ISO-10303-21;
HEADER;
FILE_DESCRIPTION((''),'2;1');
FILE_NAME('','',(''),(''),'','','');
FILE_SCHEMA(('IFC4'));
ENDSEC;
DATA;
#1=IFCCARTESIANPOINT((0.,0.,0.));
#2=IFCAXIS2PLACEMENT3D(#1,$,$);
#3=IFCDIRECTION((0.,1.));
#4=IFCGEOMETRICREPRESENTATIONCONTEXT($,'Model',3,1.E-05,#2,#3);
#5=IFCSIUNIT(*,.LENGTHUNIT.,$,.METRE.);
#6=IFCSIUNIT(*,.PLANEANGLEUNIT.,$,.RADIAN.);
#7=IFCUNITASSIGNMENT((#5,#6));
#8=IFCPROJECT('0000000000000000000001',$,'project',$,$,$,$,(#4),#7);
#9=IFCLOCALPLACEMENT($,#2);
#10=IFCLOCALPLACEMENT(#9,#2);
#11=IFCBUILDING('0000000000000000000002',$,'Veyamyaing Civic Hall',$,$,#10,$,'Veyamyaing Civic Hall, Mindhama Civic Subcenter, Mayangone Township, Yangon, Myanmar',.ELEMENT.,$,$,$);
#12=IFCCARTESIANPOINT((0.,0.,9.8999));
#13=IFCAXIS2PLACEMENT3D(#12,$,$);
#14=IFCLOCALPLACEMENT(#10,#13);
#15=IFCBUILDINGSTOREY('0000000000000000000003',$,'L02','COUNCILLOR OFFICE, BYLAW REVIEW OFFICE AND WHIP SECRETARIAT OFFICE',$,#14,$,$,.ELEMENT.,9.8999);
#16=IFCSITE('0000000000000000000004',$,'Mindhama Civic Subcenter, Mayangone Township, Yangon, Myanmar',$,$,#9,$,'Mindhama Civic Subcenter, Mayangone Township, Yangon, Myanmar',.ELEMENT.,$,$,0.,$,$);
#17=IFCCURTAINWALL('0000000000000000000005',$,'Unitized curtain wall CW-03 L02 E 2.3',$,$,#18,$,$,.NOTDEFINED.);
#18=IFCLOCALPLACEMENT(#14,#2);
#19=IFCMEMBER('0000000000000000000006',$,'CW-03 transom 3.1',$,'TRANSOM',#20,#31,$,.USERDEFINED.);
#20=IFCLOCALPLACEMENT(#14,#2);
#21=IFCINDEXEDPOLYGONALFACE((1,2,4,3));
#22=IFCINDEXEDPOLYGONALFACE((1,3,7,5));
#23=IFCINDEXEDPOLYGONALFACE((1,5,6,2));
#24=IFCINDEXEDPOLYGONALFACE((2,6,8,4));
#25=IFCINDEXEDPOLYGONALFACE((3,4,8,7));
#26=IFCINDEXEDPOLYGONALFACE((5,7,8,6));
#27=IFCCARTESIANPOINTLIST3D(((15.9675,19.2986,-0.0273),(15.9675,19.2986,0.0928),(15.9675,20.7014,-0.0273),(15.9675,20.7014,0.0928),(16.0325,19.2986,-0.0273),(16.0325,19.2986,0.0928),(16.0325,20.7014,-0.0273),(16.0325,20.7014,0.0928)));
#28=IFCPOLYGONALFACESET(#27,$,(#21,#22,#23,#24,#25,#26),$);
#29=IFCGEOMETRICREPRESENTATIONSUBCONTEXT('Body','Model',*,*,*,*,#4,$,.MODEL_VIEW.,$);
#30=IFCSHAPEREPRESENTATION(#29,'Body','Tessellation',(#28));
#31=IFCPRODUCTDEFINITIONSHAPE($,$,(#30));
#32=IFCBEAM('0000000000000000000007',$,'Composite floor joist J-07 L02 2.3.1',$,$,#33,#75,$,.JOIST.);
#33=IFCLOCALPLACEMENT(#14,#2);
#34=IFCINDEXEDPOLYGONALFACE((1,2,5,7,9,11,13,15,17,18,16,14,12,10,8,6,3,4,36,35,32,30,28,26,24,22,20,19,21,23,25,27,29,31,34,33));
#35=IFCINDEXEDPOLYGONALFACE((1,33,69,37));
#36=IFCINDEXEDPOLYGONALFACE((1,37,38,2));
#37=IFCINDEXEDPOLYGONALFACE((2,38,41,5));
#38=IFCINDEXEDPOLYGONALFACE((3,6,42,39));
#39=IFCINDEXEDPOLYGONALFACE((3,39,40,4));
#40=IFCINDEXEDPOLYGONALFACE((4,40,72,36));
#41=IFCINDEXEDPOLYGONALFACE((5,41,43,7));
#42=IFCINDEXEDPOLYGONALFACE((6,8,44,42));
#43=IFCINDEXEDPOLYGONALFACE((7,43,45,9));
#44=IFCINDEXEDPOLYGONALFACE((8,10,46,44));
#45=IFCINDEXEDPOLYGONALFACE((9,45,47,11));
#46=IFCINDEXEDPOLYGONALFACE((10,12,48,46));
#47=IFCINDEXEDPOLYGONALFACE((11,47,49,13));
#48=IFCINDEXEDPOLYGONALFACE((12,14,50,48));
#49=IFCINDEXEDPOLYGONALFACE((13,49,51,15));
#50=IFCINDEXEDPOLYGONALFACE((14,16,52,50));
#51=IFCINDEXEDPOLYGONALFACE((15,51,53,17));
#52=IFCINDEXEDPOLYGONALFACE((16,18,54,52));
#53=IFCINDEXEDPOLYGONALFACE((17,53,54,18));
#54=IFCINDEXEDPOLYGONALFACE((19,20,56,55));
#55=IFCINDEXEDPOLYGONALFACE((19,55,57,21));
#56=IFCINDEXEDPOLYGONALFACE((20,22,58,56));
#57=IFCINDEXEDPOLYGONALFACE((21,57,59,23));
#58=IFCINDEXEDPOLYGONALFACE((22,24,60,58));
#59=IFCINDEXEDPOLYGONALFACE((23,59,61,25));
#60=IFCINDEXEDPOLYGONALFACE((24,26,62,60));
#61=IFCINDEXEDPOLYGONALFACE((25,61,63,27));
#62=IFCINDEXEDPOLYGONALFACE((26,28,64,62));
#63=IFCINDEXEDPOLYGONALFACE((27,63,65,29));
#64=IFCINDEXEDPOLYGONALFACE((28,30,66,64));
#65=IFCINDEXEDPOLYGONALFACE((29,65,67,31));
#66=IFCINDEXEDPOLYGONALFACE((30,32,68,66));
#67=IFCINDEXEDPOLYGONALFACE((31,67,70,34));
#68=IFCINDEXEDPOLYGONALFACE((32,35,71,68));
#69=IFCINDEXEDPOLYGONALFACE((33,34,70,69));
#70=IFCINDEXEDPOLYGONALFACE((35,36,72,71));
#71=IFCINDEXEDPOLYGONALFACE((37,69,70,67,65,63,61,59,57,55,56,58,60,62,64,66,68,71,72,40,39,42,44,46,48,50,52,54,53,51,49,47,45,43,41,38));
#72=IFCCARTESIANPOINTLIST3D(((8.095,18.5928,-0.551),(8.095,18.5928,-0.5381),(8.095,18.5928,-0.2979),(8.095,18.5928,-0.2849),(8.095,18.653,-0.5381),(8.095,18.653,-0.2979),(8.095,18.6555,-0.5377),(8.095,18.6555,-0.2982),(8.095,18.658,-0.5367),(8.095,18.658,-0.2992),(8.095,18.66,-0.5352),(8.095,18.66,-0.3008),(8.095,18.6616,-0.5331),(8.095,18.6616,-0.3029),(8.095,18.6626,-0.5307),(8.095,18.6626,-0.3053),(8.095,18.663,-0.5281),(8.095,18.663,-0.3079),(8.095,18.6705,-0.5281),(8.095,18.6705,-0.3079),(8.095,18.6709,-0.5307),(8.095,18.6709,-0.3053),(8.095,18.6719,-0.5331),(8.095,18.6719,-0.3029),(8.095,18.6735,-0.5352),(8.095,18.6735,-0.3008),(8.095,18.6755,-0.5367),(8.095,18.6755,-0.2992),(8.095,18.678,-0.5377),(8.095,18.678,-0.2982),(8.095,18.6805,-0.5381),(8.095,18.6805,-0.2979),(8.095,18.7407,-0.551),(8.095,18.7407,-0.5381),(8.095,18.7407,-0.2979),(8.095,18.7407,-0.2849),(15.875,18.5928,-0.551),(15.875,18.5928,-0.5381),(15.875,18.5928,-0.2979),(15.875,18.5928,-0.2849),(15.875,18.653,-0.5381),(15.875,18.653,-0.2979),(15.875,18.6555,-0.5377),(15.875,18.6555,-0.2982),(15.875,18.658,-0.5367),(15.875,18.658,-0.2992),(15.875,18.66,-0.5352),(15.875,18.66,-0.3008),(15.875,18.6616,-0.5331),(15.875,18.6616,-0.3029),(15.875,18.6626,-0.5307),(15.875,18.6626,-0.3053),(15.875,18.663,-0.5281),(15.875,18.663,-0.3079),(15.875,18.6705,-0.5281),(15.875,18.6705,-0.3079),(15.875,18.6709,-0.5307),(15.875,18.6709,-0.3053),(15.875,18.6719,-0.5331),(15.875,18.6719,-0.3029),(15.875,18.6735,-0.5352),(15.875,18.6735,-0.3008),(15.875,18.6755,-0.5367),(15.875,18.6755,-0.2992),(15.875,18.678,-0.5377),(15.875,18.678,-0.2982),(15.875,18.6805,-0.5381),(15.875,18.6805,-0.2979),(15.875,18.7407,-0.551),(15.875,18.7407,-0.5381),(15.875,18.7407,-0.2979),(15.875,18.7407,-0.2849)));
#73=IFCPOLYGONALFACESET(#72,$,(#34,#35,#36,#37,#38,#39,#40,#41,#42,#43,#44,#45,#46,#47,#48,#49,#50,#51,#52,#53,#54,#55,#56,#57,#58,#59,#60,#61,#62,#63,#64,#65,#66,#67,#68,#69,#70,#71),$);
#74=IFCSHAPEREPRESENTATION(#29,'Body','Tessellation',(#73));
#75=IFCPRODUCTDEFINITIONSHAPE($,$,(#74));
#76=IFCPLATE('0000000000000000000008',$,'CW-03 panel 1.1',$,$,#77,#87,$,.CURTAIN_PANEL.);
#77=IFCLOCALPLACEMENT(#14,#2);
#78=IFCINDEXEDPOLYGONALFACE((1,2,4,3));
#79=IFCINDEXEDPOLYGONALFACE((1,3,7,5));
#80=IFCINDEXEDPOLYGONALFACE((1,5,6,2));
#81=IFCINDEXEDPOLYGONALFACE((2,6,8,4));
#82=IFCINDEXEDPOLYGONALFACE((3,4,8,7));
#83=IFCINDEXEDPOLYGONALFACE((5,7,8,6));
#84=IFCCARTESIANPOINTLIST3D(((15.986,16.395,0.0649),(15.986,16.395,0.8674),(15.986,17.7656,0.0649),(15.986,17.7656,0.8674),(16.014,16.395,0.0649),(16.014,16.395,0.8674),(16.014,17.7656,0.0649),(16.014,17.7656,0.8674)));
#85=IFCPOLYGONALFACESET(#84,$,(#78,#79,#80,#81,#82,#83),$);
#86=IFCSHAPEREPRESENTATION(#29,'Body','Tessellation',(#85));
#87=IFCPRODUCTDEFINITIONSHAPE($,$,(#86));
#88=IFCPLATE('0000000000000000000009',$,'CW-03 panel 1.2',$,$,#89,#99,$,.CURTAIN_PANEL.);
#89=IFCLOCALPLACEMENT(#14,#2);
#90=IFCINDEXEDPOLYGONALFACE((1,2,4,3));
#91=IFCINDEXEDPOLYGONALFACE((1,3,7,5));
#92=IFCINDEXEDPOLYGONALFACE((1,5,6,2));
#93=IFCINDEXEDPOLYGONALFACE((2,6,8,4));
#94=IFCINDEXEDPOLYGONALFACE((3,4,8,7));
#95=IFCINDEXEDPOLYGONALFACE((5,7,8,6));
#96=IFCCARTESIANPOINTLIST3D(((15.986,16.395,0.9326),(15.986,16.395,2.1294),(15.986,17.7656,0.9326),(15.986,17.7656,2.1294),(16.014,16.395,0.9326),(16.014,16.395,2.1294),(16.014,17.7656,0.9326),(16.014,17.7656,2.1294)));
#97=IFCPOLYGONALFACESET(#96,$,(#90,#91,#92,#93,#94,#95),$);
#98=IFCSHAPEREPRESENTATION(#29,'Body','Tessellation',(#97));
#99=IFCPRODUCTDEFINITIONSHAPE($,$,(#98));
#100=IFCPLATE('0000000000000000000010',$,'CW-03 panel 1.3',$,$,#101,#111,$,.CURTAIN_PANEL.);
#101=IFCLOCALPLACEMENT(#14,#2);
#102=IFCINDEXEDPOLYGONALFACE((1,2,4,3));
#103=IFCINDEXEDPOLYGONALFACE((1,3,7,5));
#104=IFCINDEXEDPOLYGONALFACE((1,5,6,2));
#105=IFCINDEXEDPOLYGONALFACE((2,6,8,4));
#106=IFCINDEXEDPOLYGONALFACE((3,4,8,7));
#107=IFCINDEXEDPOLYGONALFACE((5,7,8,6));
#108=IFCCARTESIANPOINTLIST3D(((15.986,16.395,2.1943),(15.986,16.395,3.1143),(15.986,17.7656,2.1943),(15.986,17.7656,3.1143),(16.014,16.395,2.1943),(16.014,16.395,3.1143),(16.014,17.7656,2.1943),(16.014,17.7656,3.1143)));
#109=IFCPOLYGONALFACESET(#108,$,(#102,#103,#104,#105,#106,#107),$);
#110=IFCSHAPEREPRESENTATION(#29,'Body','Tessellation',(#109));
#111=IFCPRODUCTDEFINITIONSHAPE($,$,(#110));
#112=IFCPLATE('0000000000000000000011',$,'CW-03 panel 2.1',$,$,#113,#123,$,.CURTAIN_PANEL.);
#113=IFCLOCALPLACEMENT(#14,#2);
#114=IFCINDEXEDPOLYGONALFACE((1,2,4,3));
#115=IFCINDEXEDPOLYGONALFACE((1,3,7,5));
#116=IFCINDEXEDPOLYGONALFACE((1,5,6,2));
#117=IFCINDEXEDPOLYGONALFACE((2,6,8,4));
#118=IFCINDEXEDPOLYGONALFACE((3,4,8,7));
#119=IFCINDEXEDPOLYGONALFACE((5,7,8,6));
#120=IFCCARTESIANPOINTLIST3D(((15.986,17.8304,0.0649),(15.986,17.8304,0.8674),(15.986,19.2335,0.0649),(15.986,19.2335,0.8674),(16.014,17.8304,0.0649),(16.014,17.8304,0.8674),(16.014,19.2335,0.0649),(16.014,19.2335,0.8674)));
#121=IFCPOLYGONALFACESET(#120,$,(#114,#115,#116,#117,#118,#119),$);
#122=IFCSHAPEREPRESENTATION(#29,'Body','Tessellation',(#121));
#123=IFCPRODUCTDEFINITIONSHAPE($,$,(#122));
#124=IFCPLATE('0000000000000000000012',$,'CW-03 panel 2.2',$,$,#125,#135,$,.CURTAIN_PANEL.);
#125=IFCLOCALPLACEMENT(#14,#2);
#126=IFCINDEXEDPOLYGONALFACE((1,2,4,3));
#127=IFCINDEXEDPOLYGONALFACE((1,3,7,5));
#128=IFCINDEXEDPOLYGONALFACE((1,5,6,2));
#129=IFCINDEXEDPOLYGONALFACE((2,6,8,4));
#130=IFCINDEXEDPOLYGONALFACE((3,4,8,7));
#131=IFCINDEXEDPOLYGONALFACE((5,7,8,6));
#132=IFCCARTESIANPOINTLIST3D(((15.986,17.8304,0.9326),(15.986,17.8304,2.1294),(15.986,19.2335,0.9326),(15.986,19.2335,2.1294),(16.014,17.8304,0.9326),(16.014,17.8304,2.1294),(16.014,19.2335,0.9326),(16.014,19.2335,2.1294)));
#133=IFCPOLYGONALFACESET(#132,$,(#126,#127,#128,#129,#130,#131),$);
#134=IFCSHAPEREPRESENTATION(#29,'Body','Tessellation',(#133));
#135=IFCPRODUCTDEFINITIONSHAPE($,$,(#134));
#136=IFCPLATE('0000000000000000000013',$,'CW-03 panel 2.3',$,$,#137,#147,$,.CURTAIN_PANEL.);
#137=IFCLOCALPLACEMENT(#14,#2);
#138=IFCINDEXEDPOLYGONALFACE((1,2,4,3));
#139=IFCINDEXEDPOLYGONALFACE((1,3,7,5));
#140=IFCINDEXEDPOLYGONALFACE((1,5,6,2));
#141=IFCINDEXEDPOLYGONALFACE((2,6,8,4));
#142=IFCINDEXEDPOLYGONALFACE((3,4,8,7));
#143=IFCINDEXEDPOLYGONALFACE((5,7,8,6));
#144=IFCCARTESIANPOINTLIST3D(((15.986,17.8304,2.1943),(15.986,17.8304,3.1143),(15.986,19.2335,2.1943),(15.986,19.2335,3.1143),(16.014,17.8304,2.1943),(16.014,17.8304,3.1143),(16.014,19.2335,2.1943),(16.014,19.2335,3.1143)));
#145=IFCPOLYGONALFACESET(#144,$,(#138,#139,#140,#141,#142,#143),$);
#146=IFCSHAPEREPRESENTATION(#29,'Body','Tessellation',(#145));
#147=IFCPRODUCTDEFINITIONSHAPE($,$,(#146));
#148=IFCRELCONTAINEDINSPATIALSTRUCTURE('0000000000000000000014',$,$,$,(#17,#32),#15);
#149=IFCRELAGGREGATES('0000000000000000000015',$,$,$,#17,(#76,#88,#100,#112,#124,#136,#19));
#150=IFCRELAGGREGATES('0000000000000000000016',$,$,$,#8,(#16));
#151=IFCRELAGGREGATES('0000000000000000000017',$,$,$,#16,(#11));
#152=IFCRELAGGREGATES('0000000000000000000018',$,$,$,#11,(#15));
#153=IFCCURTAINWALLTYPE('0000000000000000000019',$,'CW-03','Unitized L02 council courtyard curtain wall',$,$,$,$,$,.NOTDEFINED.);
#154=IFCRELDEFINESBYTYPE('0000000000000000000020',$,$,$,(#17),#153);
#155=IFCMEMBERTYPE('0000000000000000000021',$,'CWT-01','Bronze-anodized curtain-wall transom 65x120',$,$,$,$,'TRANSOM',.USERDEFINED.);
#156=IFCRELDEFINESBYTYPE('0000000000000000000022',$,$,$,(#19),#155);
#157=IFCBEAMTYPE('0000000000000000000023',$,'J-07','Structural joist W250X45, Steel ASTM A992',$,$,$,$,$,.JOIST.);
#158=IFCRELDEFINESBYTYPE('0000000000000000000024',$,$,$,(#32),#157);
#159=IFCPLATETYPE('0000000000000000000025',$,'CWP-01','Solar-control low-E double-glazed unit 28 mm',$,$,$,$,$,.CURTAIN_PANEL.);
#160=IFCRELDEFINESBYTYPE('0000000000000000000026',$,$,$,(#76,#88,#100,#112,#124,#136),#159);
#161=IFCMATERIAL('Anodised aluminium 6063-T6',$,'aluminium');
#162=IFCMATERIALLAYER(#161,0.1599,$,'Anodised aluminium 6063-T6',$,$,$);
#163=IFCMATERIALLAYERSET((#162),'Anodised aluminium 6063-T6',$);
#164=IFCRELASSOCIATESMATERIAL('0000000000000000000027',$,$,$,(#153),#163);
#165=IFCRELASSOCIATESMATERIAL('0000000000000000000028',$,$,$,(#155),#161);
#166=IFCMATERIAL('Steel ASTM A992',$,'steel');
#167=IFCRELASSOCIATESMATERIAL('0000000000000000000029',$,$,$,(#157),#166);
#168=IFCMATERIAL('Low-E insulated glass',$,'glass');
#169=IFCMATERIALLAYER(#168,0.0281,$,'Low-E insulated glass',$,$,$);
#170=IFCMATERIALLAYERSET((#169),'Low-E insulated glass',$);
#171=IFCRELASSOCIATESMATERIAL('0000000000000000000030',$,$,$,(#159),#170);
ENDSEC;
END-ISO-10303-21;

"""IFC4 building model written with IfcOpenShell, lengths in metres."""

from ifc_helpers import new_model, si_unit, direction, frame, origin, origin_2d, place, context, subcontext, project, spatial, rectangle, i_section, extrude, material, layer, layer_set, material_profile, profile_set, type_object, element, aggregate, save


model = new_model("IFC4")

# Units and contexts
model_context = context("Model", 3, precision=1e-05, world=origin(), true_north=direction((0.0, 1.0)))
body_context = subcontext(model_context, "Body", "Model", "MODEL_VIEW")
ifc_project = project(units=[si_unit("LENGTHUNIT", "METRE"), si_unit("PLANEANGLEUNIT", "RADIAN")], contexts=[model_context])

# Site, building, storey
site_placement = place(None, origin())
site = spatial("IfcSite", under=ifc_project, at=site_placement, Name="Mindhama Civic Subcenter, Mayangone Township, Yangon, Myanmar", LongName="Mindhama Civic Subcenter, Mayangone Township, Yangon, Myanmar", CompositionType="ELEMENT", RefElevation=0.0)
building_placement = place(site_placement, origin())
building = spatial("IfcBuilding", under=site, at=building_placement, Name="Veyamyaing Civic Hall", LongName="Veyamyaing Civic Hall, Mindhama Civic Subcenter, Mayangone Township, Yangon, Myanmar", CompositionType="ELEMENT")
storey_placement = place(building_placement, frame((0.0, 0.0, 9.8999)))
storey = spatial("IfcBuildingStorey", under=building, at=storey_placement, Name="L02", Description="COUNCILLOR OFFICE, BYLAW REVIEW OFFICE AND WHIP SECRETARIAT OFFICE", CompositionType="ELEMENT", Elevation=9.8999)

# Shared definitions
ifc_material_1 = material(Name="Steel ASTM A992", Category="steel")

# Curtain wall, member
ifc_material_2 = material(Name="Anodised aluminium 6063-T6", Category="aluminium")
ifc_layer_1 = layer(ifc_material_2, 0.1599, Name="Anodised aluminium 6063-T6")
ifc_layer_set_1 = layer_set([ifc_layer_1], Name="Anodised aluminium 6063-T6")
curtain_wall_type = type_object("IfcCurtainWallType", Name="CW-03", Description="Unitized L02 council courtyard curtain wall", PredefinedType="NOTDEFINED", material=ifc_layer_set_1)
curtain_wall_placement = place(storey_placement, origin())
curtain_wall = element("IfcCurtainWall", 1, at=curtain_wall_placement, inside=storey, type_object=curtain_wall_type, Name="Unitized curtain wall CW-03 L02 E 2.3", PredefinedType="NOTDEFINED")
ifc_material_profile_1 = material_profile(ifc_material_2, rectangle(XDim=0.0649, YDim=0.1201, at=origin_2d()), Name="ALU-TRN-65X120")
ifc_profile_set_1 = profile_set([ifc_material_profile_1], Name="Anodised aluminium 6063-T6")
member_type_1 = type_object("IfcMemberType", Name="CWT-01", Description="Bronze-anodized curtain-wall transom 65x120", ElementType="TRANSOM", PredefinedType="USERDEFINED", material=ifc_profile_set_1)
member_1_placement = place(storey_placement, frame((16.0, 19.2986, 0.0327), z_axis=(0.0, 1.0, 0.0), x_axis=(-1.0, 0.0, 0.0)))
member_1 = element("IfcMember", 2, at=member_1_placement, type_object=member_type_1, Name="CW-03 transom 3.1", ObjectType="TRANSOM", PredefinedType="USERDEFINED", context=body_context, shape_type="SweptSolid", body=[
    extrude(rectangle(XDim=0.0649, YDim=0.1201, at=origin_2d()), origin(), (0.0, 0.0, 1.0), 1.4028),
])

# Beam
ifc_material_profile_2 = material_profile(ifc_material_1, i_section(OverallWidth=0.1479, OverallDepth=0.2661, WebThickness=0.0076, FlangeThickness=0.0129, FilletRadius=0.01, at=origin_2d()), Name="W250X45")
ifc_profile_set_2 = profile_set([ifc_material_profile_2], Name="Steel ASTM A992")
beam_type_1 = type_object("IfcBeamType", Name="J-07", Description="Structural joist W250X45, Steel ASTM A992", PredefinedType="JOIST", material=ifc_profile_set_2)
beam_1_placement = place(storey_placement, frame((8.095, 18.6667, -0.418), z_axis=(1.0, 0.0, 0.0), x_axis=(0.0, 1.0, 0.0)))
element("IfcBeam", 3, at=beam_1_placement, inside=storey, type_object=beam_type_1, Name="Composite floor joist J-07 L02 2.3.1", PredefinedType="JOIST", context=body_context, shape_type="SweptSolid", body=[
    extrude(i_section(OverallWidth=0.1479, OverallDepth=0.2661, WebThickness=0.0076, FlangeThickness=0.0129, FilletRadius=0.01, at=origin_2d()), origin(), (0.0, 0.0, 1.0), 7.78),
])

# Plates
ifc_material_3 = material(Name="Low-E insulated glass", Category="glass")
ifc_layer_2 = layer(ifc_material_3, 0.0281, Name="Low-E insulated glass")
ifc_layer_set_2 = layer_set([ifc_layer_2], Name="Low-E insulated glass")
plate_type = type_object("IfcPlateType", Name="CWP-01", Description="Solar-control low-E double-glazed unit 28 mm", PredefinedType="CURTAIN_PANEL", material=ifc_layer_set_2)
plate_1_placement = place(storey_placement, frame((16.0, 17.0803, 0.0649), z_axis=(0.0, 0.0, 1.0), x_axis=(0.0, 1.0, 0.0)))
plate_1 = element("IfcPlate", 4, at=plate_1_placement, type_object=plate_type, Name="CW-03 panel 1.1", PredefinedType="CURTAIN_PANEL", context=body_context, shape_type="SweptSolid", body=[
    extrude(rectangle(XDim=1.3706, YDim=0.0281, at=origin_2d()), origin(), (0.0, 0.0, 1.0), 0.8025),
])
plate_2_placement = place(storey_placement, frame((16.0, 17.0803, 0.9326), z_axis=(0.0, 0.0, 1.0), x_axis=(0.0, 1.0, 0.0)))
plate_2 = element("IfcPlate", 5, at=plate_2_placement, type_object=plate_type, Name="CW-03 panel 1.2", PredefinedType="CURTAIN_PANEL", context=body_context, shape_type="SweptSolid", body=[
    extrude(rectangle(XDim=1.3706, YDim=0.0281, at=origin_2d()), origin(), (0.0, 0.0, 1.0), 1.1968),
])
plate_3_placement = place(storey_placement, frame((16.0, 17.0803, 2.1943), z_axis=(0.0, 0.0, 1.0), x_axis=(0.0, 1.0, 0.0)))
plate_3 = element("IfcPlate", 6, at=plate_3_placement, type_object=plate_type, Name="CW-03 panel 1.3", PredefinedType="CURTAIN_PANEL", context=body_context, shape_type="SweptSolid", body=[
    extrude(rectangle(XDim=1.3706, YDim=0.0281, at=origin_2d()), origin(), (0.0, 0.0, 1.0), 0.9199),
])
plate_4_placement = place(storey_placement, frame((16.0, 18.532, 0.0649), z_axis=(0.0, 0.0, 1.0), x_axis=(0.0, 1.0, 0.0)))
plate_4 = element("IfcPlate", 7, at=plate_4_placement, type_object=plate_type, Name="CW-03 panel 2.1", PredefinedType="CURTAIN_PANEL", context=body_context, shape_type="SweptSolid", body=[
    extrude(rectangle(XDim=1.4031, YDim=0.0281, at=origin_2d()), origin(), (0.0, 0.0, 1.0), 0.8025),
])
plate_5_placement = place(storey_placement, frame((16.0, 18.532, 0.9326), z_axis=(0.0, 0.0, 1.0), x_axis=(0.0, 1.0, 0.0)))
plate_5 = element("IfcPlate", 8, at=plate_5_placement, type_object=plate_type, Name="CW-03 panel 2.2", PredefinedType="CURTAIN_PANEL", context=body_context, shape_type="SweptSolid", body=[
    extrude(rectangle(XDim=1.4031, YDim=0.0281, at=origin_2d()), origin(), (0.0, 0.0, 1.0), 1.1968),
])
plate_6_placement = place(storey_placement, frame((16.0, 18.532, 2.1943), z_axis=(0.0, 0.0, 1.0), x_axis=(0.0, 1.0, 0.0)))
plate_6 = element("IfcPlate", 9, at=plate_6_placement, type_object=plate_type, Name="CW-03 panel 2.3", PredefinedType="CURTAIN_PANEL", context=body_context, shape_type="SweptSolid", body=[
    extrude(rectangle(XDim=1.4031, YDim=0.0281, at=origin_2d()), origin(), (0.0, 0.0, 1.0), 0.9199),
])
aggregate(curtain_wall, [plate_1, plate_2, plate_3, plate_4, plate_5, plate_6, member_1])

save(model, "model.ifc")
